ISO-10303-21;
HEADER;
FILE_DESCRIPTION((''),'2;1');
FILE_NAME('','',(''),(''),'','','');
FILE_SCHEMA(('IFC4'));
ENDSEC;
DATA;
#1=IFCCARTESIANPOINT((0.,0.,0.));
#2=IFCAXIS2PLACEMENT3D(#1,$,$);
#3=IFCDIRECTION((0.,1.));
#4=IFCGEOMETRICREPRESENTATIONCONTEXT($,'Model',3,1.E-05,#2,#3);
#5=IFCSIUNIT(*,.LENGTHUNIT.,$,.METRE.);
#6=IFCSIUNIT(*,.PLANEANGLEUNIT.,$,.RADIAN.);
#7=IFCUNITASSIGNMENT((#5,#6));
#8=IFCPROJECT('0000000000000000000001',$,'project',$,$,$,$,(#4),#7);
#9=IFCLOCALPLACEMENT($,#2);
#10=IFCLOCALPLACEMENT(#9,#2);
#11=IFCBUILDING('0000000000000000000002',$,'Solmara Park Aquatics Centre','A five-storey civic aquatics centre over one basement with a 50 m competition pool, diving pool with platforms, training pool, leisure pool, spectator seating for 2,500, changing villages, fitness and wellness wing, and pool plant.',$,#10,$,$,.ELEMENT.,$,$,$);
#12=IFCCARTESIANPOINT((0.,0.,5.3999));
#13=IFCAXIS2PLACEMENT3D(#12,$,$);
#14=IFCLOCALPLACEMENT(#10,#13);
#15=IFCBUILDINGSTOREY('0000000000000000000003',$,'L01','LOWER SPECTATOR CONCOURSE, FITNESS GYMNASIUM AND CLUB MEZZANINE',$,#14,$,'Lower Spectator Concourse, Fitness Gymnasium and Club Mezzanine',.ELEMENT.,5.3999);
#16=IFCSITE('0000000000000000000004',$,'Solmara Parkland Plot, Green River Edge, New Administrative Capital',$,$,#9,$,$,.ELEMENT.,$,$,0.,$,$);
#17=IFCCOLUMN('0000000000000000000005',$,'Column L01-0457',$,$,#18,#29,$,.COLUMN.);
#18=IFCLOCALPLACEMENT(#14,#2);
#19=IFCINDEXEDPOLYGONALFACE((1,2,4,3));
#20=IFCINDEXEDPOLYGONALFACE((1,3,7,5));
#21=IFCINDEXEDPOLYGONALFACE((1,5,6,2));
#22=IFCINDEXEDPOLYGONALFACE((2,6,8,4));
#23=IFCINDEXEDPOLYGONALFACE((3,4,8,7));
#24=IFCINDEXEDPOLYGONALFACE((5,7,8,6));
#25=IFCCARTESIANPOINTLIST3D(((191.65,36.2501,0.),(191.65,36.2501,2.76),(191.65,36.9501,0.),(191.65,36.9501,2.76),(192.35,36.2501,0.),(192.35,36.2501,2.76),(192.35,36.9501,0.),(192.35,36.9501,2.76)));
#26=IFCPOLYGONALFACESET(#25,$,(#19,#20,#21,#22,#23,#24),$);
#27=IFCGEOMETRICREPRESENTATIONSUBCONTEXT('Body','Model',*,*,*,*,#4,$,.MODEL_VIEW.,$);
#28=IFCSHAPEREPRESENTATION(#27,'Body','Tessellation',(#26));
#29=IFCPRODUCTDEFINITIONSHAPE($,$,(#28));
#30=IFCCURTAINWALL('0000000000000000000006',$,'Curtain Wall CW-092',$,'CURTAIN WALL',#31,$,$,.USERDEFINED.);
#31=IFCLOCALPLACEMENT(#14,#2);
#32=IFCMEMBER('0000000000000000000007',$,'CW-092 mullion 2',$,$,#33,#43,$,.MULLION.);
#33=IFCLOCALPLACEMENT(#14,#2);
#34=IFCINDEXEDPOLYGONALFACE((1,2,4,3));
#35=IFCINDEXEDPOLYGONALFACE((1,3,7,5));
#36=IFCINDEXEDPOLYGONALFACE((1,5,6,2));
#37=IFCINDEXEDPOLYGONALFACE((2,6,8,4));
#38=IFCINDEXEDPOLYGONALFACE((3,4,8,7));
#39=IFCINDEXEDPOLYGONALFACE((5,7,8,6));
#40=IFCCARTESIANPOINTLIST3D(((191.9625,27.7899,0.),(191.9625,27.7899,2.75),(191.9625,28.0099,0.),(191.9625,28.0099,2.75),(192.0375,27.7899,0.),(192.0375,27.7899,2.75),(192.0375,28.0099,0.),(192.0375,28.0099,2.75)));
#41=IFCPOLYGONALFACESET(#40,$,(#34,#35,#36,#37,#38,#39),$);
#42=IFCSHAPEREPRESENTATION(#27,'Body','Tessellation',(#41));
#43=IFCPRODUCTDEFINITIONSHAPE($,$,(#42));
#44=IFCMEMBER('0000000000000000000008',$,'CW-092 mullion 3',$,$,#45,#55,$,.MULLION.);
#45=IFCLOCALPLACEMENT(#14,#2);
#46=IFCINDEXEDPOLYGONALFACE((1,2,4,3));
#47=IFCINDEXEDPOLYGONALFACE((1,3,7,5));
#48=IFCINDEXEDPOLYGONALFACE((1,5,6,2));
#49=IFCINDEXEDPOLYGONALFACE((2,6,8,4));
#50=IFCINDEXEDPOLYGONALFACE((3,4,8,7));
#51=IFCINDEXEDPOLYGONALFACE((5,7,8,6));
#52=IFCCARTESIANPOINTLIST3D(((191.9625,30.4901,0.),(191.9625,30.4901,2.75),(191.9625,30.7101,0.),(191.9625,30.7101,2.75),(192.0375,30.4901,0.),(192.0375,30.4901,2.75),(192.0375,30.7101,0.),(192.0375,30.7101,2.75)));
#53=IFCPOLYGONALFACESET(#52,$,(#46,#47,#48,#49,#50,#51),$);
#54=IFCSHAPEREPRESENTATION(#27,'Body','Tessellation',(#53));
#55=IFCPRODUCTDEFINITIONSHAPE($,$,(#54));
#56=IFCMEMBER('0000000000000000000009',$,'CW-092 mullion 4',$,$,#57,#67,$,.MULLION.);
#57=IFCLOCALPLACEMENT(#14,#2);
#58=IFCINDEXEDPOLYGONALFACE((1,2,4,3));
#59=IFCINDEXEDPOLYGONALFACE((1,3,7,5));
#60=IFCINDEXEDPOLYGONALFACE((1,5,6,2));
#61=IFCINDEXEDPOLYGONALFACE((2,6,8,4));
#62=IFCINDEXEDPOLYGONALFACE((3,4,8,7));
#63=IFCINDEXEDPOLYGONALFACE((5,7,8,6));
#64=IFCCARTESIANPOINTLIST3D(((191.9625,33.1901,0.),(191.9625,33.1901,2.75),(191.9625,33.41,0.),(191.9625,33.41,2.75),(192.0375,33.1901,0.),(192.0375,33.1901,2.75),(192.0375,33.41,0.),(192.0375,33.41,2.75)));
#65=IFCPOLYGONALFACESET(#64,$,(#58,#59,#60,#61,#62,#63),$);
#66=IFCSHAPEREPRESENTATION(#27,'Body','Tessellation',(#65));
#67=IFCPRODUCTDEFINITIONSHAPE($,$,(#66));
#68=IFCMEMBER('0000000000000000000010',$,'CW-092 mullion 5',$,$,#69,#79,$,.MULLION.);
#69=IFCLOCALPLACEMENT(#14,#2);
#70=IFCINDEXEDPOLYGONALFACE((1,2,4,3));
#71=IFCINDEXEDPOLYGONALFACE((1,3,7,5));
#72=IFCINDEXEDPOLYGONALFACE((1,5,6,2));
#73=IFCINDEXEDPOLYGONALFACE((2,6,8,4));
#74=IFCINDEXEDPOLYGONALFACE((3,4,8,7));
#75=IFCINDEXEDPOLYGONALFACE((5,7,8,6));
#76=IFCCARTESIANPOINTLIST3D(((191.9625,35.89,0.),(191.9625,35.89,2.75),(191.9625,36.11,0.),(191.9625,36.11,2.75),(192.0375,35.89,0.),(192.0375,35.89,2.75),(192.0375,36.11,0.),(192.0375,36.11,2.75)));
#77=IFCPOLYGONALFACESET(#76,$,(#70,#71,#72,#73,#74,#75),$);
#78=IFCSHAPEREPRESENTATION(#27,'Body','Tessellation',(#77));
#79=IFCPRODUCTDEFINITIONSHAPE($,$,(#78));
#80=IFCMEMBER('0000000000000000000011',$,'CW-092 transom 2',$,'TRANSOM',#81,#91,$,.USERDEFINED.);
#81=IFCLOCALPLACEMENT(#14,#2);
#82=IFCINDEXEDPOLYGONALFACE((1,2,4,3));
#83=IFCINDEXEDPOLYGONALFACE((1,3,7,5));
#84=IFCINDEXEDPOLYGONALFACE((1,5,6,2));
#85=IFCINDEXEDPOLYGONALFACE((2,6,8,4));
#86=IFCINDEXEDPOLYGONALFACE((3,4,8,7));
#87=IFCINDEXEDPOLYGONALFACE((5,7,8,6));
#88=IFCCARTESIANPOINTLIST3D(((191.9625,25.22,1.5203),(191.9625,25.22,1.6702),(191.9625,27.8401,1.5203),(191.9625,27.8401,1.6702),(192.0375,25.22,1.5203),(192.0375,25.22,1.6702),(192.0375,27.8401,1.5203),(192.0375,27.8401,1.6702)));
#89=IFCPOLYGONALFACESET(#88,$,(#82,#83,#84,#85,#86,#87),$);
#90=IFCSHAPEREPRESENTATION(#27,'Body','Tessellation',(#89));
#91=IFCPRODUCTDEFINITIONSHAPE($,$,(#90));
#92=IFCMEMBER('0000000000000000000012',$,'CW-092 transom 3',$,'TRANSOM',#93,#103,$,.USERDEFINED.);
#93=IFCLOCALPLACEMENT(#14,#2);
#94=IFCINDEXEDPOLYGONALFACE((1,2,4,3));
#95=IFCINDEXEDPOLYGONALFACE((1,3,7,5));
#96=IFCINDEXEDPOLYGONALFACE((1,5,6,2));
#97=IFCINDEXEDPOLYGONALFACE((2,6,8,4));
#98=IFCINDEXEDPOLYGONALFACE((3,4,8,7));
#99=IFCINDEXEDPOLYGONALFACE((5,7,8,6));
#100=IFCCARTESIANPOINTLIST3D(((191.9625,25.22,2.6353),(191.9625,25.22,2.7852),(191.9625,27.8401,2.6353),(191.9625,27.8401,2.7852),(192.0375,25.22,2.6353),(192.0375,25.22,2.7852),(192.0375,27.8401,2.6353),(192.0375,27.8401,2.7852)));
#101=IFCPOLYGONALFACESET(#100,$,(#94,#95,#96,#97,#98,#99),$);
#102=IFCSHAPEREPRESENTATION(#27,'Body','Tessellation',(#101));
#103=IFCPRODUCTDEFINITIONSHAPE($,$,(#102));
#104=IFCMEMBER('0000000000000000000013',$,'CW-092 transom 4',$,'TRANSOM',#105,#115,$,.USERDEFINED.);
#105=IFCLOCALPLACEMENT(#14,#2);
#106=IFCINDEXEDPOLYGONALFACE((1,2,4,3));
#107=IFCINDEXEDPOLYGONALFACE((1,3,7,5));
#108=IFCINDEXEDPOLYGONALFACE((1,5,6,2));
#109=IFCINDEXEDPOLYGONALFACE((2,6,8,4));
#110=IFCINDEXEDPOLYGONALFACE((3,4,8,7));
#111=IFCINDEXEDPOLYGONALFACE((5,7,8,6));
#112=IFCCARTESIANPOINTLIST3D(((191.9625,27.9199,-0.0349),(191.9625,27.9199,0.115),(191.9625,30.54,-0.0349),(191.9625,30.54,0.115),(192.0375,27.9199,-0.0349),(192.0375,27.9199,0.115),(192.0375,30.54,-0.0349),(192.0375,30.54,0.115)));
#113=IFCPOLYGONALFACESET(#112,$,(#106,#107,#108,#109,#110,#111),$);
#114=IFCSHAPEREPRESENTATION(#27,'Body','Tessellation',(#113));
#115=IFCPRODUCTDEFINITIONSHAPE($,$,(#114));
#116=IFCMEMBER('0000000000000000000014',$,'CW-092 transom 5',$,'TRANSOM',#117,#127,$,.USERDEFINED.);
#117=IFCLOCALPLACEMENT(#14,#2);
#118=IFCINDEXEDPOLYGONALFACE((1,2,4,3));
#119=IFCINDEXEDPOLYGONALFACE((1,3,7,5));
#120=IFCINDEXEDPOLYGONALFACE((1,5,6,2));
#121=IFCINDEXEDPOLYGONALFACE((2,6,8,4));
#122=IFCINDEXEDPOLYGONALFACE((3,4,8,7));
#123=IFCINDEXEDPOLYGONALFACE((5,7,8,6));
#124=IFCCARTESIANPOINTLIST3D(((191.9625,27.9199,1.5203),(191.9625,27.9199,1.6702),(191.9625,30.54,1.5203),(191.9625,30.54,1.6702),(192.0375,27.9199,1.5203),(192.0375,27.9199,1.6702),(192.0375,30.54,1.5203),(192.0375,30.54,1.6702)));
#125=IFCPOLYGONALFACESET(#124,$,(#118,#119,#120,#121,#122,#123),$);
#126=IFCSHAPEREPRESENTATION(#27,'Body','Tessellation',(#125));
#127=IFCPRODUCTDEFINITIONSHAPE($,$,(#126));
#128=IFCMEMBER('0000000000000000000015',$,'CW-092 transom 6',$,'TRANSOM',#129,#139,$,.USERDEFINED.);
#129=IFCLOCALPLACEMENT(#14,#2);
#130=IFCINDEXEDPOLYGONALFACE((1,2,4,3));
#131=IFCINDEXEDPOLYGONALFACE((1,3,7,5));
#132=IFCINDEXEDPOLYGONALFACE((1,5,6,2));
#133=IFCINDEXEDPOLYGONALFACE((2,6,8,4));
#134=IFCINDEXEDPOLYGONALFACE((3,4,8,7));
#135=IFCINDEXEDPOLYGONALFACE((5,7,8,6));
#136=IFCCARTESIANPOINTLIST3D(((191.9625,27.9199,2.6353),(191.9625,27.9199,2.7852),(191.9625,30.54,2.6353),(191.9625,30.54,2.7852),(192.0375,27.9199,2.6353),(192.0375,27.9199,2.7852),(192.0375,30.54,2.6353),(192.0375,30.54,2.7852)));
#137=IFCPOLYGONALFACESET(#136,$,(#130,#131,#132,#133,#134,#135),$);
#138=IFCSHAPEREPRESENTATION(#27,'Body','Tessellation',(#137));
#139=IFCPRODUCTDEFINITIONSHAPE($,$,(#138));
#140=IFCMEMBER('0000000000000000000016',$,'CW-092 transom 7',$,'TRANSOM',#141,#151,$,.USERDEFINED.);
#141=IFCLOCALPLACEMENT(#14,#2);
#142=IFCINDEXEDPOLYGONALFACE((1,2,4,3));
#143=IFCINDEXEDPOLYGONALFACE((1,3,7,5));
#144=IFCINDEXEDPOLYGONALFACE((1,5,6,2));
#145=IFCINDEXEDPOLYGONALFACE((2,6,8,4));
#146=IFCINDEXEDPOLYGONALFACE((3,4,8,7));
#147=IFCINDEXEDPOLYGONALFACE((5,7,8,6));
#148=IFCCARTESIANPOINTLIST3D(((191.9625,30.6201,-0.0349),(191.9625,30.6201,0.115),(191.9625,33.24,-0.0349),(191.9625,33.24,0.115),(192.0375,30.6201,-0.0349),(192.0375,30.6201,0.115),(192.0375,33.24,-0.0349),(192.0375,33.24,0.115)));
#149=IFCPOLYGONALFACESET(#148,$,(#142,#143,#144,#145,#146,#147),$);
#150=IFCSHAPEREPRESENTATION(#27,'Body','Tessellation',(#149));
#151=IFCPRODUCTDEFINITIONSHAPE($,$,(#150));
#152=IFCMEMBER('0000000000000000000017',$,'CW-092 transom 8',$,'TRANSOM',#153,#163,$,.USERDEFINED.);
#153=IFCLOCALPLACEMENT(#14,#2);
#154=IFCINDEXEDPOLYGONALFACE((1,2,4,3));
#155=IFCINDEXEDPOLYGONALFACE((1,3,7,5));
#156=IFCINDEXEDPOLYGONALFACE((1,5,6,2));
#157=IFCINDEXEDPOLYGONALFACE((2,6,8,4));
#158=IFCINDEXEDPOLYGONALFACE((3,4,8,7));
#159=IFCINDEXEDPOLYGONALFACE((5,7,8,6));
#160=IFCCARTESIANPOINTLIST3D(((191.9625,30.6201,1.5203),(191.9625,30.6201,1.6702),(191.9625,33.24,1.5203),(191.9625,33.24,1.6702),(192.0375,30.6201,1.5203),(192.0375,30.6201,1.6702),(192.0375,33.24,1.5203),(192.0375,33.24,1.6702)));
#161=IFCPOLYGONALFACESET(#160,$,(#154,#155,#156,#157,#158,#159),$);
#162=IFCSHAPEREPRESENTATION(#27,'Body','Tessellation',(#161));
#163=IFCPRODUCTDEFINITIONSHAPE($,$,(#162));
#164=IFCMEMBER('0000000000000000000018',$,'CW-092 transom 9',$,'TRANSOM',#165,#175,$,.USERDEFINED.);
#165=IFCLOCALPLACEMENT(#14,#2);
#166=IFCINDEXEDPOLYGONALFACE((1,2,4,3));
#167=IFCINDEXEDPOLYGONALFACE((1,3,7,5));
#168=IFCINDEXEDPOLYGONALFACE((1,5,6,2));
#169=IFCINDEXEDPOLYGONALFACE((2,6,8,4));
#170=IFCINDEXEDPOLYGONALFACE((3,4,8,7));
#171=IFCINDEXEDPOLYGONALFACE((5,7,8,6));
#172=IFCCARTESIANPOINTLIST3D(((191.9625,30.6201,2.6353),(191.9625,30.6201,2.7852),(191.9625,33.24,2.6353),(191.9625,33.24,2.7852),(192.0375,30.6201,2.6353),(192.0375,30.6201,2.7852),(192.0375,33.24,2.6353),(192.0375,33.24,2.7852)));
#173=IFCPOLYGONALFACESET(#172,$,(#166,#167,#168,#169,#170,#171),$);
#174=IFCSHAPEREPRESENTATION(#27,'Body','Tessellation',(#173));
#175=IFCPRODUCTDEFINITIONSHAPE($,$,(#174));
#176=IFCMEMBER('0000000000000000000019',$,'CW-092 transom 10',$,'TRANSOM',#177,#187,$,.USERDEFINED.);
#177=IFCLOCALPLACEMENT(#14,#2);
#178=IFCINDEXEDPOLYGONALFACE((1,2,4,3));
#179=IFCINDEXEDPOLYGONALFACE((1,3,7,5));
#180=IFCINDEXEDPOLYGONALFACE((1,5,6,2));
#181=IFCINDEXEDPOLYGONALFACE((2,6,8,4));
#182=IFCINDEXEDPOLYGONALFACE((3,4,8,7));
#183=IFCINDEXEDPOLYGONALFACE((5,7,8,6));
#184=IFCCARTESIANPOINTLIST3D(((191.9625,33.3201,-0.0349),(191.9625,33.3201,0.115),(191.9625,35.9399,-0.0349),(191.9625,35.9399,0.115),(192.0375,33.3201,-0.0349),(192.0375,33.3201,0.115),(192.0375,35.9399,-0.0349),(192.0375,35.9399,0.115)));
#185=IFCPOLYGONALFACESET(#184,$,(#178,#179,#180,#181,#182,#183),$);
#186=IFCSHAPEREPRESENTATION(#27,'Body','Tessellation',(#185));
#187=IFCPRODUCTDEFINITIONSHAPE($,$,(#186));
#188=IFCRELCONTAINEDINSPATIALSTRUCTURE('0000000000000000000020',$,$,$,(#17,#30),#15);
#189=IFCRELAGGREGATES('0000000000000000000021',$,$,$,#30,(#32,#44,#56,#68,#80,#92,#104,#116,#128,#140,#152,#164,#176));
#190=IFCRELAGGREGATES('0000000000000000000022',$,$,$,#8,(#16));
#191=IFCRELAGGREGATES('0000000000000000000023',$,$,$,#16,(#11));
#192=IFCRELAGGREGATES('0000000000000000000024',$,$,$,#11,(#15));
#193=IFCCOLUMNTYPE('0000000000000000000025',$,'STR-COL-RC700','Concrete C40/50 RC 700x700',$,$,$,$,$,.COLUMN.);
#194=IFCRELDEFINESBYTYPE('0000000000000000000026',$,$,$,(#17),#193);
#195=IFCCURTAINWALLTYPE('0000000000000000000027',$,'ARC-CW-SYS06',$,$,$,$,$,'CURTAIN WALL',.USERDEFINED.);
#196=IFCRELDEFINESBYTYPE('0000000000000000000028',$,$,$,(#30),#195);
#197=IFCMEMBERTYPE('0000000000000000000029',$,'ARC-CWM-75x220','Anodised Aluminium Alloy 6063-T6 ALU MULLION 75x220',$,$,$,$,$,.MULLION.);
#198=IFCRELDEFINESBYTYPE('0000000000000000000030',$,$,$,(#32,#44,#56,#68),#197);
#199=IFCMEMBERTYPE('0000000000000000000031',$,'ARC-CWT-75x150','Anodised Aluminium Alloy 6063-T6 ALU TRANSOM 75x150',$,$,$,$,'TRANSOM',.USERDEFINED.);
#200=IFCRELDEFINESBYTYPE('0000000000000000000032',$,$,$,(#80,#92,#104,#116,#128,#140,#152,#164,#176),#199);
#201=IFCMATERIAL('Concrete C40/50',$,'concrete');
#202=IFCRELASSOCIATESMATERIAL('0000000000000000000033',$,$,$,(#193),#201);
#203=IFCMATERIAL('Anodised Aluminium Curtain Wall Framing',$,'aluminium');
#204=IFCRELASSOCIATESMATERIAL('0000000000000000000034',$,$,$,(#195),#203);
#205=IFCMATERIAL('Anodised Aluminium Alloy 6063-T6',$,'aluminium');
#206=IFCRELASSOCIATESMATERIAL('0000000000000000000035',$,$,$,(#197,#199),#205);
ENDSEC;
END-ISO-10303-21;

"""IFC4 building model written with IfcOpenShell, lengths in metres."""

from ifc_helpers import new_model, si_unit, direction, frame, origin, origin_2d, place, context, subcontext, project, spatial, rectangle, extrude, material, material_profile, profile_set, type_object, element, aggregate, save


model = new_model("IFC4")

# Units and contexts
model_context = context("Model", 3, precision=1e-05, world=origin(), true_north=direction((0.0, 1.0)))
body_context = subcontext(model_context, "Body", "Model", "MODEL_VIEW")
ifc_project = project(units=[si_unit("LENGTHUNIT", "METRE"), si_unit("PLANEANGLEUNIT", "RADIAN")], contexts=[model_context])

# Site, building, storey
site_placement = place(None, origin())
site = spatial("IfcSite", under=ifc_project, at=site_placement, Name="Solmara Parkland Plot, Green River Edge, New Administrative Capital", CompositionType="ELEMENT", RefElevation=0.0)
building_placement = place(site_placement, origin())
building = spatial("IfcBuilding", under=site, at=building_placement, Name="Solmara Park Aquatics Centre", Description="A five-storey civic aquatics centre over one basement with a 50 m competition pool, diving pool with platforms, training pool, leisure pool, spectator seating for 2,500, changing villages, fitness and wellness wing, and pool plant.", CompositionType="ELEMENT")
storey_placement = place(building_placement, frame((0.0, 0.0, 5.3999)))
storey = spatial("IfcBuildingStorey", under=building, at=storey_placement, Name="L01", Description="LOWER SPECTATOR CONCOURSE, FITNESS GYMNASIUM AND CLUB MEZZANINE", LongName="Lower Spectator Concourse, Fitness Gymnasium and Club Mezzanine", CompositionType="ELEMENT", Elevation=5.3999)

# Column
ifc_material_1 = material(Name="Concrete C40/50", Category="concrete")
ifc_material_profile_1 = material_profile(ifc_material_1, rectangle(XDim=0.7, YDim=0.7, at=origin_2d()), Name="RC 700x700")
ifc_profile_set_1 = profile_set([ifc_material_profile_1], Name="Concrete C40/50")
column_type = type_object("IfcColumnType", Name="STR-COL-RC700", Description="Concrete C40/50 RC 700x700", PredefinedType="COLUMN", material=ifc_profile_set_1)
column_placement = place(storey_placement, frame((192.0, 36.6001, 0.0), z_axis=(0.0, 0.0, 1.0), x_axis=(1.0, 0.0, 0.0)))
element("IfcColumn", 1, at=column_placement, inside=storey, type_object=column_type, Name="Column L01-0457", PredefinedType="COLUMN", context=body_context, shape_type="SweptSolid", body=[
    extrude(rectangle(XDim=0.7, YDim=0.7, at=origin_2d()), origin(), (0.0, 0.0, 1.0), 2.76),
])

# Curtain wall, members
ifc_material_2 = material(Name="Anodised Aluminium Curtain Wall Framing", Category="aluminium")
curtain_wall_type = type_object("IfcCurtainWallType", Name="ARC-CW-SYS06", ElementType="CURTAIN WALL", PredefinedType="USERDEFINED", material=ifc_material_2)
curtain_wall_placement = place(storey_placement, origin())
curtain_wall = element("IfcCurtainWall", 2, at=curtain_wall_placement, inside=storey, type_object=curtain_wall_type, Name="Curtain Wall CW-092", ObjectType="CURTAIN WALL", PredefinedType="USERDEFINED")
ifc_material_3 = material(Name="Anodised Aluminium Alloy 6063-T6", Category="aluminium")
ifc_material_profile_2 = material_profile(ifc_material_3, rectangle(XDim=0.075, YDim=0.22, at=origin_2d()), Name="ALU MULLION 75x220")
ifc_profile_set_2 = profile_set([ifc_material_profile_2], Name="Anodised Aluminium Alloy 6063-T6")
member_type_1 = type_object("IfcMemberType", Name="ARC-CWM-75x220", Description="Anodised Aluminium Alloy 6063-T6 ALU MULLION 75x220", PredefinedType="MULLION", material=ifc_profile_set_2)
member_1_placement = place(storey_placement, frame((192.0, 27.8999, 0.0), z_axis=(0.0, 0.0, 1.0), x_axis=(1.0, 0.0, 0.0)))
member_1 = element("IfcMember", 3, at=member_1_placement, type_object=member_type_1, Name="CW-092 mullion 2", PredefinedType="MULLION", context=body_context, shape_type="SweptSolid", body=[
    extrude(rectangle(XDim=0.075, YDim=0.22, at=origin_2d()), origin(), (0.0, 0.0, 1.0), 2.75),
])
member_2_placement = place(storey_placement, frame((192.0, 30.6001, 0.0), z_axis=(0.0, 0.0, 1.0), x_axis=(1.0, 0.0, 0.0)))
member_2 = element("IfcMember", 4, at=member_2_placement, type_object=member_type_1, Name="CW-092 mullion 3", PredefinedType="MULLION", context=body_context, shape_type="SweptSolid", body=[
    extrude(rectangle(XDim=0.075, YDim=0.22, at=origin_2d()), origin(), (0.0, 0.0, 1.0), 2.75),
])
member_3_placement = place(storey_placement, frame((192.0, 33.3, 0.0), z_axis=(0.0, 0.0, 1.0), x_axis=(1.0, 0.0, 0.0)))
member_3 = element("IfcMember", 5, at=member_3_placement, type_object=member_type_1, Name="CW-092 mullion 4", PredefinedType="MULLION", context=body_context, shape_type="SweptSolid", body=[
    extrude(rectangle(XDim=0.075, YDim=0.22, at=origin_2d()), origin(), (0.0, 0.0, 1.0), 2.75),
])
member_4_placement = place(storey_placement, frame((192.0, 36.0, 0.0), z_axis=(0.0, 0.0, 1.0), x_axis=(1.0, 0.0, 0.0)))
member_4 = element("IfcMember", 6, at=member_4_placement, type_object=member_type_1, Name="CW-092 mullion 5", PredefinedType="MULLION", context=body_context, shape_type="SweptSolid", body=[
    extrude(rectangle(XDim=0.075, YDim=0.22, at=origin_2d()), origin(), (0.0, 0.0, 1.0), 2.75),
])
ifc_material_profile_3 = material_profile(ifc_material_3, rectangle(XDim=0.075, YDim=0.1499, at=origin_2d()), Name="ALU TRANSOM 75x150")
ifc_profile_set_3 = profile_set([ifc_material_profile_3], Name="Anodised Aluminium Alloy 6063-T6")
member_type_2 = type_object("IfcMemberType", Name="ARC-CWT-75x150", Description="Anodised Aluminium Alloy 6063-T6 ALU TRANSOM 75x150", ElementType="TRANSOM", PredefinedType="USERDEFINED", material=ifc_profile_set_3)
member_5_placement = place(storey_placement, frame((192.0, 25.22, 1.5952), z_axis=(0.0, 1.0, 0.0), x_axis=(-1.0, 0.0, 0.0)))
member_5 = element("IfcMember", 7, at=member_5_placement, type_object=member_type_2, Name="CW-092 transom 2", ObjectType="TRANSOM", PredefinedType="USERDEFINED", context=body_context, shape_type="SweptSolid", body=[
    extrude(rectangle(XDim=0.075, YDim=0.1499, at=origin_2d()), origin(), (0.0, 0.0, 1.0), 2.6201),
])
member_6_placement = place(storey_placement, frame((192.0, 25.22, 2.7102), z_axis=(0.0, 1.0, 0.0), x_axis=(-1.0, 0.0, 0.0)))
member_6 = element("IfcMember", 8, at=member_6_placement, type_object=member_type_2, Name="CW-092 transom 3", ObjectType="TRANSOM", PredefinedType="USERDEFINED", context=body_context, shape_type="SweptSolid", body=[
    extrude(rectangle(XDim=0.075, YDim=0.1499, at=origin_2d()), origin(), (0.0, 0.0, 1.0), 2.6201),
])
member_7_placement = place(storey_placement, frame((192.0, 27.9199, 0.04), z_axis=(0.0, 1.0, 0.0), x_axis=(-1.0, 0.0, 0.0)))
member_7 = element("IfcMember", 9, at=member_7_placement, type_object=member_type_2, Name="CW-092 transom 4", ObjectType="TRANSOM", PredefinedType="USERDEFINED", context=body_context, shape_type="SweptSolid", body=[
    extrude(rectangle(XDim=0.075, YDim=0.1499, at=origin_2d()), origin(), (0.0, 0.0, 1.0), 2.6201),
])
member_8_placement = place(storey_placement, frame((192.0, 27.9199, 1.5952), z_axis=(0.0, 1.0, 0.0), x_axis=(-1.0, 0.0, 0.0)))
member_8 = element("IfcMember", 10, at=member_8_placement, type_object=member_type_2, Name="CW-092 transom 5", ObjectType="TRANSOM", PredefinedType="USERDEFINED", context=body_context, shape_type="SweptSolid", body=[
    extrude(rectangle(XDim=0.075, YDim=0.1499, at=origin_2d()), origin(), (0.0, 0.0, 1.0), 2.6201),
])
member_9_placement = place(storey_placement, frame((192.0, 27.9199, 2.7102), z_axis=(0.0, 1.0, 0.0), x_axis=(-1.0, 0.0, 0.0)))
member_9 = element("IfcMember", 11, at=member_9_placement, type_object=member_type_2, Name="CW-092 transom 6", ObjectType="TRANSOM", PredefinedType="USERDEFINED", context=body_context, shape_type="SweptSolid", body=[
    extrude(rectangle(XDim=0.075, YDim=0.1499, at=origin_2d()), origin(), (0.0, 0.0, 1.0), 2.6201),
])
member_10_placement = place(storey_placement, frame((192.0, 30.6201, 0.04), z_axis=(0.0, 1.0, 0.0), x_axis=(-1.0, 0.0, 0.0)))
member_10 = element("IfcMember", 12, at=member_10_placement, type_object=member_type_2, Name="CW-092 transom 7", ObjectType="TRANSOM", PredefinedType="USERDEFINED", context=body_context, shape_type="SweptSolid", body=[
    extrude(rectangle(XDim=0.075, YDim=0.1499, at=origin_2d()), origin(), (0.0, 0.0, 1.0), 2.6199),
])
member_11_placement = place(storey_placement, frame((192.0, 30.6201, 1.5952), z_axis=(0.0, 1.0, 0.0), x_axis=(-1.0, 0.0, 0.0)))
member_11 = element("IfcMember", 13, at=member_11_placement, type_object=member_type_2, Name="CW-092 transom 8", ObjectType="TRANSOM", PredefinedType="USERDEFINED", context=body_context, shape_type="SweptSolid", body=[
    extrude(rectangle(XDim=0.075, YDim=0.1499, at=origin_2d()), origin(), (0.0, 0.0, 1.0), 2.6199),
])
member_12_placement = place(storey_placement, frame((192.0, 30.6201, 2.7102), z_axis=(0.0, 1.0, 0.0), x_axis=(-1.0, 0.0, 0.0)))
member_12 = element("IfcMember", 14, at=member_12_placement, type_object=member_type_2, Name="CW-092 transom 9", ObjectType="TRANSOM", PredefinedType="USERDEFINED", context=body_context, shape_type="SweptSolid", body=[
    extrude(rectangle(XDim=0.075, YDim=0.1499, at=origin_2d()), origin(), (0.0, 0.0, 1.0), 2.6199),
])
member_13_placement = place(storey_placement, frame((192.0, 33.3201, 0.04), z_axis=(0.0, 1.0, 0.0), x_axis=(-1.0, 0.0, 0.0)))
member_13 = element("IfcMember", 15, at=member_13_placement, type_object=member_type_2, Name="CW-092 transom 10", ObjectType="TRANSOM", PredefinedType="USERDEFINED", context=body_context, shape_type="SweptSolid", body=[
    extrude(rectangle(XDim=0.075, YDim=0.1499, at=origin_2d()), origin(), (0.0, 0.0, 1.0), 2.6199),
])

aggregate(curtain_wall, [member_1, member_2, member_3, member_4, member_5, member_6, member_7, member_8, member_9, member_10, member_11, member_12, member_13])

save(model, "model.ifc")
